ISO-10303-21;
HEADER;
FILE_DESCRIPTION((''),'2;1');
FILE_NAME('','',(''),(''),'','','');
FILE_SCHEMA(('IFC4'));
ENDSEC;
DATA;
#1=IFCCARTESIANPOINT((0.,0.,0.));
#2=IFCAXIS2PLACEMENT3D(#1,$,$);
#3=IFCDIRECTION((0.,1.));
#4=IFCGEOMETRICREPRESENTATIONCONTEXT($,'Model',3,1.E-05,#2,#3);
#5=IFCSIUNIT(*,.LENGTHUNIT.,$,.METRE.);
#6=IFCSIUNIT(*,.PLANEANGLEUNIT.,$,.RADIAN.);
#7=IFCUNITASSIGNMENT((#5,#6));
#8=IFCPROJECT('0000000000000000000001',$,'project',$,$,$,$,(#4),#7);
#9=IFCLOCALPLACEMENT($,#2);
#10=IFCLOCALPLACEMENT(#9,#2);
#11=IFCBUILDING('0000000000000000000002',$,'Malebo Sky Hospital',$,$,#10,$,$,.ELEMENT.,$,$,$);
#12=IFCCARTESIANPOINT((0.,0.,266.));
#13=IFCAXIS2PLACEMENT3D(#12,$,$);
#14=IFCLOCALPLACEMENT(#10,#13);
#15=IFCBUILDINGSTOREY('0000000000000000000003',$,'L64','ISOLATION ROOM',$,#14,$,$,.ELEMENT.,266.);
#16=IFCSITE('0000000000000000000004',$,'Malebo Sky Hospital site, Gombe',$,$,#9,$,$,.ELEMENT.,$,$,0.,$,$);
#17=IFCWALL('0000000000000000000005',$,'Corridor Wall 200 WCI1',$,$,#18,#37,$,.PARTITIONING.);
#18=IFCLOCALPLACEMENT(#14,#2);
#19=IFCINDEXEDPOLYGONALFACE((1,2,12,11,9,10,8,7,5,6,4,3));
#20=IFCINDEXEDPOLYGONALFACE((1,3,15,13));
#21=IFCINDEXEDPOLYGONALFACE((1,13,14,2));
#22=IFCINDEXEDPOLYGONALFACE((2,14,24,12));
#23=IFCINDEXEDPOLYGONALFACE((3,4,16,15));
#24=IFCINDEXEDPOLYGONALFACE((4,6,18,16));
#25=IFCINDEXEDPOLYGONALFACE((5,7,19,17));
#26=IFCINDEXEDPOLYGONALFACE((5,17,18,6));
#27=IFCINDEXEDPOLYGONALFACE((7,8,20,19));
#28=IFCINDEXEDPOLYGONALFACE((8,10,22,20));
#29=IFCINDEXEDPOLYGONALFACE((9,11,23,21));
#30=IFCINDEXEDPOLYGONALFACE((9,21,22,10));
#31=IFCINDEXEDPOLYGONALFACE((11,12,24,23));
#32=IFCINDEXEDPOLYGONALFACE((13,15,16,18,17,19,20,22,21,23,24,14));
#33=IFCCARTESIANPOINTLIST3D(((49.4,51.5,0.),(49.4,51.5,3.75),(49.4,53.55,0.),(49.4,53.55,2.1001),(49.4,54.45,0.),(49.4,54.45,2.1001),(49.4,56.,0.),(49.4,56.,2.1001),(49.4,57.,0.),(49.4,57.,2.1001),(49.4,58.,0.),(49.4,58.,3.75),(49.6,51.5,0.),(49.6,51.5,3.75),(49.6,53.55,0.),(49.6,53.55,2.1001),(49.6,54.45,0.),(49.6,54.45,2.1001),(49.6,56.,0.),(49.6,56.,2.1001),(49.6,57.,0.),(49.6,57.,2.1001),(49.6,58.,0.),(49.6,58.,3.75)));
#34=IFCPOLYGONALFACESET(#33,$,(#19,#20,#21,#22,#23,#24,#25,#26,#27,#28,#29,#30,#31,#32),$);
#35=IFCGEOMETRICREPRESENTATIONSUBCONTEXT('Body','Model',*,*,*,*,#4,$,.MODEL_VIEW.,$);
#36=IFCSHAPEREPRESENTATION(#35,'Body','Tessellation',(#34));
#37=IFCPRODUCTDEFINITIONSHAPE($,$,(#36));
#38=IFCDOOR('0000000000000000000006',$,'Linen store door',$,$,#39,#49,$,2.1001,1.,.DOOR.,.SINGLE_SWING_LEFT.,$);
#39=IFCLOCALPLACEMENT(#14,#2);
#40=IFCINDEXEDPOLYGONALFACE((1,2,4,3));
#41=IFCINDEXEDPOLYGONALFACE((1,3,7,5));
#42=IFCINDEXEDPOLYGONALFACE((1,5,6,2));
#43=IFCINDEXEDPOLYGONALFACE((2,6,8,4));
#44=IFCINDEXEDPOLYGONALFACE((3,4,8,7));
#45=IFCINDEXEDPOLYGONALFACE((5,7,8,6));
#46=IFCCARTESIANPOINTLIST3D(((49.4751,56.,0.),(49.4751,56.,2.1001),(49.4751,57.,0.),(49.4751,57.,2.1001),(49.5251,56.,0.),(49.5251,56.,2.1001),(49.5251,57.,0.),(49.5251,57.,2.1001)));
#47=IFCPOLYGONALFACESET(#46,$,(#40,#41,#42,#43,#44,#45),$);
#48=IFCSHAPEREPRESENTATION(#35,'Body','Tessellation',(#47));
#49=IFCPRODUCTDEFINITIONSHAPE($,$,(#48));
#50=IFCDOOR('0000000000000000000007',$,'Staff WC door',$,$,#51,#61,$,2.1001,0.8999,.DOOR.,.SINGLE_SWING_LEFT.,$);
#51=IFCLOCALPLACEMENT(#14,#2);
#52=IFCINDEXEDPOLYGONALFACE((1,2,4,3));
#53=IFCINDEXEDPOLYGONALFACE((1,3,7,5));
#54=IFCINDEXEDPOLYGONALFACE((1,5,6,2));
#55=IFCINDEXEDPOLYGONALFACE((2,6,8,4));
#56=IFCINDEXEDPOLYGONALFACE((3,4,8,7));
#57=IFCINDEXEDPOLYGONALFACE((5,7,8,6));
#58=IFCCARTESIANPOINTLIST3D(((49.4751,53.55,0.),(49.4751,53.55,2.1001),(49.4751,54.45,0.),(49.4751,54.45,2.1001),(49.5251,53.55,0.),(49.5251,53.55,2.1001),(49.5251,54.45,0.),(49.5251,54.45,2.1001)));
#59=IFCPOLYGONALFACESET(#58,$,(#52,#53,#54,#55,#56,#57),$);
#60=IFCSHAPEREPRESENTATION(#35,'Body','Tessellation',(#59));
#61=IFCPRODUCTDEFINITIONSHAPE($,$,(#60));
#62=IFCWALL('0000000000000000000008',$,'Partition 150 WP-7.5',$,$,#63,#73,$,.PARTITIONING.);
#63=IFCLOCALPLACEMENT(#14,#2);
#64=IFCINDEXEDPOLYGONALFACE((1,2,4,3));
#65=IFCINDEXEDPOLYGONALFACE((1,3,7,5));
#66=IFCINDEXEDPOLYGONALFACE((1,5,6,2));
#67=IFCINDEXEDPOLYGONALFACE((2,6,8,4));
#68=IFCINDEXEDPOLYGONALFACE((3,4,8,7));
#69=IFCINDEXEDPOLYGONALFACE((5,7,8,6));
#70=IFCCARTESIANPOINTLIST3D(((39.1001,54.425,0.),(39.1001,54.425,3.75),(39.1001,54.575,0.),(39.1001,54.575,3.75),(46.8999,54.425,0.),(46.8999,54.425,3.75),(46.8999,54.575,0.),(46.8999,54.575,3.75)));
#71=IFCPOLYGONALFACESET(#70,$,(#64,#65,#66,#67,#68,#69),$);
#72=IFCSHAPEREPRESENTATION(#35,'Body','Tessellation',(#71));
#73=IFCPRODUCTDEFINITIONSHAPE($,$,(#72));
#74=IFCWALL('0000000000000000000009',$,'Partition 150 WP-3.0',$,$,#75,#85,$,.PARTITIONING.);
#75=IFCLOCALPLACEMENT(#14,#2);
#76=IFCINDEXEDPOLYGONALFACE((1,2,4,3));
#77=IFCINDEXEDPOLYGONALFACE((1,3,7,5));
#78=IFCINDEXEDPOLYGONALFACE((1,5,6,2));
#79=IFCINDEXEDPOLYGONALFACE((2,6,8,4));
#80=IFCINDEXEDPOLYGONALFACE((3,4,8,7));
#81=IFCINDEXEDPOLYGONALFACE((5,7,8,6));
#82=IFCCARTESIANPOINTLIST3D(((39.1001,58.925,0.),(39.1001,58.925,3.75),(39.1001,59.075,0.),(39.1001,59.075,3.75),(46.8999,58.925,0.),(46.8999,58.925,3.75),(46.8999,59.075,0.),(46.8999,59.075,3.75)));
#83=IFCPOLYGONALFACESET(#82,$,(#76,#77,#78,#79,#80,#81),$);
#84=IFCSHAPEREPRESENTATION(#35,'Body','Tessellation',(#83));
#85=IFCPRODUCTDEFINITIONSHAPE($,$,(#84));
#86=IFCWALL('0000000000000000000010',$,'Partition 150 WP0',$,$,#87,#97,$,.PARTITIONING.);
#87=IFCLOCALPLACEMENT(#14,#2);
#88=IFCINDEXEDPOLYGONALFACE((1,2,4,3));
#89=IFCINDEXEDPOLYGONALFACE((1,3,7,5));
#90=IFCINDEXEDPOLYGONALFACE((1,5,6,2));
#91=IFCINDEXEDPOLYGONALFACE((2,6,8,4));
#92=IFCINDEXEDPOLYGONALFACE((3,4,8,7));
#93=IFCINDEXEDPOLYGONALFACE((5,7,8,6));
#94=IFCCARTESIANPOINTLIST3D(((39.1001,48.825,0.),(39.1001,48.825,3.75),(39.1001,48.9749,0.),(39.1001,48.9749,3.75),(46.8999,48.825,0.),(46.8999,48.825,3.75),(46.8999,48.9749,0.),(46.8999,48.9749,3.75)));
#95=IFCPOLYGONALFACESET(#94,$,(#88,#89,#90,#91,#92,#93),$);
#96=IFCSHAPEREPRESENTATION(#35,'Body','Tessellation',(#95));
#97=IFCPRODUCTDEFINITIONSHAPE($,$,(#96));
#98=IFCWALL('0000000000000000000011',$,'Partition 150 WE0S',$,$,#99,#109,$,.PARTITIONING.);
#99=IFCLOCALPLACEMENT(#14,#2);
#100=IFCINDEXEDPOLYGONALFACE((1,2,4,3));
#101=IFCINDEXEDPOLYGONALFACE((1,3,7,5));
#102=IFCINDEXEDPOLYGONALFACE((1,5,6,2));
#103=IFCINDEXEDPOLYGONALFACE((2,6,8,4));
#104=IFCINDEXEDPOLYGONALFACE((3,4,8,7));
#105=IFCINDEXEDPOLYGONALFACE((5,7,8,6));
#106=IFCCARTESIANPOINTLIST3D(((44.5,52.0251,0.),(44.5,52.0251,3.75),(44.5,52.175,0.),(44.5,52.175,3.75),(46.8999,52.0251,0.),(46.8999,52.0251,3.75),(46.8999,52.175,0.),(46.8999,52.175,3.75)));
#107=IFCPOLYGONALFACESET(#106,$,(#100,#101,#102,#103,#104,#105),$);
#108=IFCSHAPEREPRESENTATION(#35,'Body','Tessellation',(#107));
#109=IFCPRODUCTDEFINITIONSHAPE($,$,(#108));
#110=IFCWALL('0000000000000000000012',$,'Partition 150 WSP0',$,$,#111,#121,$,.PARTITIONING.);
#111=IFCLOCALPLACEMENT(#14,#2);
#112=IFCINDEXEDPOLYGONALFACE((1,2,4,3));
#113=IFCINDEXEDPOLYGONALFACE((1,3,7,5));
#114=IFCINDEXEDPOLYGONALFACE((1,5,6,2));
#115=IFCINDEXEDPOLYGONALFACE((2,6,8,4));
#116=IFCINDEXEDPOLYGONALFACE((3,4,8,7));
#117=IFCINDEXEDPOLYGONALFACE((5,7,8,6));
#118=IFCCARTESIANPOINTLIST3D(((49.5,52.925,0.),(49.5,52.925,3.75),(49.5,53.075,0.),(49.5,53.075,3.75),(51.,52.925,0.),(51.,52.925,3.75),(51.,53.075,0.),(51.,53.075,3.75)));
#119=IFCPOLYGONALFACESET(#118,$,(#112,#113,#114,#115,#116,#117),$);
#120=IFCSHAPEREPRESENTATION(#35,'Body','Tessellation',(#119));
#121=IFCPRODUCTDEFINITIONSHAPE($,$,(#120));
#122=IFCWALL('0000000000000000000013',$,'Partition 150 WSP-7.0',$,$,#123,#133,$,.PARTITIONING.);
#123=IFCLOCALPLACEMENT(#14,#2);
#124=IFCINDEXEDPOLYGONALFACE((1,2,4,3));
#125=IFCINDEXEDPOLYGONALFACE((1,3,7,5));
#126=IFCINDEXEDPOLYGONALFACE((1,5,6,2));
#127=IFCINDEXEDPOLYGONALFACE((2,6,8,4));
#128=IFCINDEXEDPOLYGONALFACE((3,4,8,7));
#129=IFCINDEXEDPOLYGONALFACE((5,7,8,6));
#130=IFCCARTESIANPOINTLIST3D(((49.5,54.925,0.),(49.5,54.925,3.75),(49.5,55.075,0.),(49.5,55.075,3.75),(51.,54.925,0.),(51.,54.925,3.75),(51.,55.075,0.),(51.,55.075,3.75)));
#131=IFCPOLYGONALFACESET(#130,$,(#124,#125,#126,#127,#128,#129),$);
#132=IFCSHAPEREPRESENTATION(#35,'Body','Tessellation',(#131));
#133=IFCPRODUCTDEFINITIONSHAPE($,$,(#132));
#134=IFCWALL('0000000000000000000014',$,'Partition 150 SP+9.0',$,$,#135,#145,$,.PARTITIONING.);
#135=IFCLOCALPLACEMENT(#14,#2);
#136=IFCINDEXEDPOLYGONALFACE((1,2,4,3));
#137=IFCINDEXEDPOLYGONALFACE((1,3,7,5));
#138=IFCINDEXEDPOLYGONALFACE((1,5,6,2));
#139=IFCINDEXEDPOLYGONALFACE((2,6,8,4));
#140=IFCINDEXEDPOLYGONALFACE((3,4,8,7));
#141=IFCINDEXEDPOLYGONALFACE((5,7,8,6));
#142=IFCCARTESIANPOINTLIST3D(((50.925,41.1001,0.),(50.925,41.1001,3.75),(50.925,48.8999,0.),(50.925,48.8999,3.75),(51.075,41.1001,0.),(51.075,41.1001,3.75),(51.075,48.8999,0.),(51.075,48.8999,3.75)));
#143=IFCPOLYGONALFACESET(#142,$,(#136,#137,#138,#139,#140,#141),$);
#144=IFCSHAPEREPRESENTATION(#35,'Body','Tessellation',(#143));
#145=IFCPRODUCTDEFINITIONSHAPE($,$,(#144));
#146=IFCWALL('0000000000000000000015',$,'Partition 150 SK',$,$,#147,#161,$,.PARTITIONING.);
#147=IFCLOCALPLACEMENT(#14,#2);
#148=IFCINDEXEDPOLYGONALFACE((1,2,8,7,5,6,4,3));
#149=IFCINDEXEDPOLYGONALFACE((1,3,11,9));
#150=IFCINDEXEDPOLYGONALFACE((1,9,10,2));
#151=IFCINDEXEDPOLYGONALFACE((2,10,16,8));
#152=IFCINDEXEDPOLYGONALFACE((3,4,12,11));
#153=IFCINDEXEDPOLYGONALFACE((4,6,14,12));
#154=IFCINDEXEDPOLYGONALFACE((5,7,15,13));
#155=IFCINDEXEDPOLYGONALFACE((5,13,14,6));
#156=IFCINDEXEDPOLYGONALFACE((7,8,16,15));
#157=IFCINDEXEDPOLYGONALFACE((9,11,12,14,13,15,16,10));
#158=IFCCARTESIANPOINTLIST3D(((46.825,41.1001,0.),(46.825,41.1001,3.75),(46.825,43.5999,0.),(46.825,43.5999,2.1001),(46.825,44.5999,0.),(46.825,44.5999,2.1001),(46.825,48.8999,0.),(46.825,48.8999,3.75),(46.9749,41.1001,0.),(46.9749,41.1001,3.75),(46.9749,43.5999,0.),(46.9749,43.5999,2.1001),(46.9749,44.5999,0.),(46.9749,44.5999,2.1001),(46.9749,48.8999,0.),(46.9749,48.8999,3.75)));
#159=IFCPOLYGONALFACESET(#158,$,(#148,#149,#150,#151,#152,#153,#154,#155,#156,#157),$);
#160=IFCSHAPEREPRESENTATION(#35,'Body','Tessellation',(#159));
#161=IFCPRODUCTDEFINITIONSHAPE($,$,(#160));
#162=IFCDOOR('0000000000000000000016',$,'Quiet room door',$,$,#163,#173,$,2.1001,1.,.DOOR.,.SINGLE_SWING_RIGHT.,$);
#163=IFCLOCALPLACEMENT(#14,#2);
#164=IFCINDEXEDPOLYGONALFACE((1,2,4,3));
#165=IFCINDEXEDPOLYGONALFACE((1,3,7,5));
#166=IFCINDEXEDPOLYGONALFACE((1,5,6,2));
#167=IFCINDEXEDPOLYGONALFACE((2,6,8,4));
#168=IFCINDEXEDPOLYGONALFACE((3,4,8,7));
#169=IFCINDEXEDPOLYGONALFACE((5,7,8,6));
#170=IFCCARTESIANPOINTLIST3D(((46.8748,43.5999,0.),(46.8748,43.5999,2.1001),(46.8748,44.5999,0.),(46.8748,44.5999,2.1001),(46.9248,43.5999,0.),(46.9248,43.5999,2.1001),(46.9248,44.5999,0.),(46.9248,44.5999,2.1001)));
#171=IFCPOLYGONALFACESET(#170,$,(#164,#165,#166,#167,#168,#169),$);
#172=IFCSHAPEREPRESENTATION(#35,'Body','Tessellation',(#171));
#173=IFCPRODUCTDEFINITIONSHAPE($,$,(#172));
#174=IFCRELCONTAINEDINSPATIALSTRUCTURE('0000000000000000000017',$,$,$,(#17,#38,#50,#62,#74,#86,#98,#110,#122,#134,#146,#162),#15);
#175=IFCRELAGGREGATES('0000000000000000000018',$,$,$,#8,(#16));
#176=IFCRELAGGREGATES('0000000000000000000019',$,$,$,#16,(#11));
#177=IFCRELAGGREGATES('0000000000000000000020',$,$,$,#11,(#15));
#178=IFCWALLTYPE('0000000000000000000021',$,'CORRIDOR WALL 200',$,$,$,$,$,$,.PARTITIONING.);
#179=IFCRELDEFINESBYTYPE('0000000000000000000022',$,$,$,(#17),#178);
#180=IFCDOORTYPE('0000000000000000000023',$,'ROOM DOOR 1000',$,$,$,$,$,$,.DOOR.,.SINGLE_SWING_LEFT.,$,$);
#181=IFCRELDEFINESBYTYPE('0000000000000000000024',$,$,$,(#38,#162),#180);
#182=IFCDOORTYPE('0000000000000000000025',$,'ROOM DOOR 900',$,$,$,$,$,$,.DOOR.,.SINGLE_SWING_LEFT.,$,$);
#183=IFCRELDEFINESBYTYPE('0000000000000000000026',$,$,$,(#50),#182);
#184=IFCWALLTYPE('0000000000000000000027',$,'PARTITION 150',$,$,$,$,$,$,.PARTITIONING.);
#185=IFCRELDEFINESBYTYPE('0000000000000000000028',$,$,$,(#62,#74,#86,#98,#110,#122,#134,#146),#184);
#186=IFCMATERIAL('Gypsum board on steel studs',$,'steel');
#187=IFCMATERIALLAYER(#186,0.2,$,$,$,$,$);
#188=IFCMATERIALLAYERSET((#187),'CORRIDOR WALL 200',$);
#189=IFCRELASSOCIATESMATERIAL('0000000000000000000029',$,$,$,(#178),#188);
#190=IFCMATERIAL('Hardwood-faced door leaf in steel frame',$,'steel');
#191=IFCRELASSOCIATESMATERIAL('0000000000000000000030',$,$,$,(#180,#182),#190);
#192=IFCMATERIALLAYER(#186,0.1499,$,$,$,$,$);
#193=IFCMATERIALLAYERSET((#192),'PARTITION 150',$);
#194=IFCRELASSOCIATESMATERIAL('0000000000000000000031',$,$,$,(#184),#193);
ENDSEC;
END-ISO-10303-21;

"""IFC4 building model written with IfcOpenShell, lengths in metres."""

from ifc_helpers import new_model, si_unit, direction, frame, frame_2d, origin, place, context, subcontext, project, spatial, rectangle, extrude, material, layer, layer_set, type_object, element, fill, save


model = new_model("IFC4")

# Units and contexts
model_context = context("Model", 3, precision=1e-05, world=origin(), true_north=direction((0.0, 1.0)))
body_context = subcontext(model_context, "Body", "Model", "MODEL_VIEW")
ifc_project = project(units=[si_unit("LENGTHUNIT", "METRE"), si_unit("PLANEANGLEUNIT", "RADIAN")], contexts=[model_context])

# Site, building, storey
site_placement = place(None, origin())
site = spatial("IfcSite", under=ifc_project, at=site_placement, Name="Malebo Sky Hospital site, Gombe", CompositionType="ELEMENT", RefElevation=0.0)
building_placement = place(site_placement, origin())
building = spatial("IfcBuilding", under=site, at=building_placement, Name="Malebo Sky Hospital", CompositionType="ELEMENT")
storey_placement = place(building_placement, frame((0.0, 0.0, 266.0)))
storey = spatial("IfcBuildingStorey", under=building, at=storey_placement, Name="L64", Description="ISOLATION ROOM", CompositionType="ELEMENT", Elevation=266.0)

# Shared definitions
ifc_material_1 = material(Name="Hardwood-faced door leaf in steel frame", Category="steel")

# Wall, openings, doors
ifc_material_2 = material(Name="Gypsum board on steel studs", Category="steel")
ifc_layer_1 = layer(ifc_material_2, 0.2)
ifc_layer_set_1 = layer_set([ifc_layer_1], Name="CORRIDOR WALL 200")
wall_type_1 = type_object("IfcWallType", Name="CORRIDOR WALL 200", PredefinedType="PARTITIONING", material=ifc_layer_set_1)
door_type_1 = type_object("IfcDoorType", Name="ROOM DOOR 1000", OperationType="SINGLE_SWING_LEFT", PredefinedType="DOOR", material=ifc_material_1)
wall_1_placement = place(storey_placement, frame((49.5, 51.5, 0.0), z_axis=(0.0, 0.0, 1.0), x_axis=(0.0, 1.0, 0.0)))
wall_1 = element("IfcWall", 1, at=wall_1_placement, inside=storey, type_object=wall_type_1, Name="Corridor Wall 200 WCI1", PredefinedType="PARTITIONING", context=body_context, shape_type="SweptSolid", body=[
    extrude(rectangle(XDim=6.5, YDim=0.2, at=frame_2d((3.25, 0.0))), origin(), (0.0, 0.0, 1.0), 3.75),
])
opening_1_placement = place(wall_1_placement, frame((2.05, 0.0, 0.0)))
opening_1 = element("IfcOpeningElement", 2, at=opening_1_placement, cuts=wall_1, PredefinedType="OPENING", context=body_context, shape_type="SweptSolid", body=[
    extrude(rectangle(XDim=0.8999, YDim=2.1001, at=frame_2d((0.45, 1.05))), frame((0.0, 0.1099, 0.0), z_axis=(0.0, -1.0, 0.0), x_axis=(1.0, 0.0, 0.0)), (0.0, 0.0, 1.0), 0.22),
])
opening_2_placement = place(wall_1_placement, frame((4.5, 0.0, 0.0)))
opening_2 = element("IfcOpeningElement", 3, at=opening_2_placement, cuts=wall_1, PredefinedType="OPENING", context=body_context, shape_type="SweptSolid", body=[
    extrude(rectangle(XDim=1.0, YDim=2.1001, at=frame_2d((0.5, 1.05))), frame((0.0, 0.1099, 0.0), z_axis=(0.0, -1.0, 0.0), x_axis=(1.0, 0.0, 0.0)), (0.0, 0.0, 1.0), 0.22),
])
door_1_placement = place(opening_2_placement, origin())
door_1 = element("IfcDoor", 4, at=door_1_placement, inside=storey, type_object=door_type_1, Name="Linen store door", OperationType="SINGLE_SWING_LEFT", OverallHeight=2.1001, OverallWidth=1.0, PredefinedType="DOOR", context=body_context, shape_type="SweptSolid", body=[
    extrude(rectangle(XDim=1.0, YDim=2.1001, at=frame_2d((0.5, 1.05))), frame((0.0, 0.0249, 0.0), z_axis=(0.0, -1.0, 0.0), x_axis=(1.0, 0.0, 0.0)), (0.0, 0.0, 1.0), 0.05),
])
fill(opening_2, door_1)
door_type_2 = type_object("IfcDoorType", Name="ROOM DOOR 900", OperationType="SINGLE_SWING_LEFT", PredefinedType="DOOR", material=ifc_material_1)
door_2_placement = place(opening_1_placement, origin())
door_2 = element("IfcDoor", 5, at=door_2_placement, inside=storey, type_object=door_type_2, Name="Staff WC door", OperationType="SINGLE_SWING_LEFT", OverallHeight=2.1001, OverallWidth=0.8999, PredefinedType="DOOR", context=body_context, shape_type="SweptSolid", body=[
    extrude(rectangle(XDim=0.8999, YDim=2.1001, at=frame_2d((0.45, 1.05))), frame((0.0, 0.0249, 0.0), z_axis=(0.0, -1.0, 0.0), x_axis=(1.0, 0.0, 0.0)), (0.0, 0.0, 1.0), 0.05),
])
fill(opening_1, door_2)

# Walls
ifc_layer_2 = layer(ifc_material_2, 0.1499)
ifc_layer_set_2 = layer_set([ifc_layer_2], Name="PARTITION 150")
wall_type_2 = type_object("IfcWallType", Name="PARTITION 150", PredefinedType="PARTITIONING", material=ifc_layer_set_2)
for number, where, z_axis, x_axis, name in (
    (6, (46.8999, 54.5, 0.0), (0.0, 0.0, 1.0), (-1.0, 0.0, 0.0), "Partition 150 WP-7.5"),
    (7, (46.8999, 59.0, 0.0), (0.0, 0.0, 1.0), (-1.0, 0.0, 0.0), "Partition 150 WP-3.0"),
    (8, (46.8999, 48.8999, 0.0), (0.0, 0.0, 1.0), (-1.0, 0.0, 0.0), "Partition 150 WP0"),
):
    element("IfcWall", number, at=place(storey_placement, frame(where, z_axis=z_axis, x_axis=x_axis)), inside=storey, type_object=wall_type_2, Name=name, PredefinedType="PARTITIONING", context=body_context, shape_type="SweptSolid", body=[
        extrude(rectangle(XDim=7.7998, YDim=0.1499, at=frame_2d((3.8999, 0.0))), origin(), (0.0, 0.0, 1.0), 3.75),
    ])
wall_2_placement = place(storey_placement, frame((46.8999, 52.1001, 0.0), z_axis=(0.0, 0.0, 1.0), x_axis=(-1.0, 0.0, 0.0)))
element("IfcWall", 9, at=wall_2_placement, inside=storey, type_object=wall_type_2, Name="Partition 150 WE0S", PredefinedType="PARTITIONING", context=body_context, shape_type="SweptSolid", body=[
    extrude(rectangle(XDim=2.3999, YDim=0.1499, at=frame_2d((1.2, 0.0))), origin(), (0.0, 0.0, 1.0), 3.75),
])
for number, where, z_axis, x_axis, name in (
    (10, (51.0, 53.0, 0.0), (0.0, 0.0, 1.0), (-1.0, 0.0, 0.0), "Partition 150 WSP0"),
    (11, (51.0, 55.0, 0.0), (0.0, 0.0, 1.0), (-1.0, 0.0, 0.0), "Partition 150 WSP-7.0"),
):
    element("IfcWall", number, at=place(storey_placement, frame(where, z_axis=z_axis, x_axis=x_axis)), inside=storey, type_object=wall_type_2, Name=name, PredefinedType="PARTITIONING", context=body_context, shape_type="SweptSolid", body=[
        extrude(rectangle(XDim=1.5, YDim=0.1499, at=frame_2d((0.75, 0.0))), origin(), (0.0, 0.0, 1.0), 3.75),
    ])
wall_3_placement = place(storey_placement, frame((51.0, 48.8999, 0.0), z_axis=(0.0, 0.0, 1.0), x_axis=(0.0, -1.0, 0.0)))
element("IfcWall", 12, at=wall_3_placement, inside=storey, type_object=wall_type_2, Name="Partition 150 SP+9.0", PredefinedType="PARTITIONING", context=body_context, shape_type="SweptSolid", body=[
    extrude(rectangle(XDim=7.7998, YDim=0.1499, at=frame_2d((3.8999, 0.0))), origin(), (0.0, 0.0, 1.0), 3.75),
])

# Wall, opening, door
wall_4_placement = place(storey_placement, frame((46.8999, 48.8999, 0.0), z_axis=(0.0, 0.0, 1.0), x_axis=(0.0, -1.0, 0.0)))
wall_4 = element("IfcWall", 13, at=wall_4_placement, inside=storey, type_object=wall_type_2, Name="Partition 150 SK", PredefinedType="PARTITIONING", context=body_context, shape_type="SweptSolid", body=[
    extrude(rectangle(XDim=7.7998, YDim=0.1499, at=frame_2d((3.8999, 0.0))), origin(), (0.0, 0.0, 1.0), 3.75),
])
opening_3_placement = place(wall_4_placement, frame((4.3, 0.0, 0.0)))
opening_3 = element("IfcOpeningElement", 14, at=opening_3_placement, cuts=wall_4, PredefinedType="OPENING", context=body_context, shape_type="SweptSolid", body=[
    extrude(rectangle(XDim=1.0, YDim=2.1001, at=frame_2d((0.5, 1.05))), frame((0.0, 0.085, 0.0), z_axis=(0.0, -1.0, 0.0), x_axis=(1.0, 0.0, 0.0)), (0.0, 0.0, 1.0), 0.1699),
])
door_3_placement = place(opening_3_placement, origin())
door_3 = element("IfcDoor", 15, at=door_3_placement, inside=storey, type_object=door_type_1, Name="Quiet room door", OperationType="SINGLE_SWING_RIGHT", OverallHeight=2.1001, OverallWidth=1.0, PredefinedType="DOOR", context=body_context, shape_type="SweptSolid", body=[
    extrude(rectangle(XDim=1.0, YDim=2.1001, at=frame_2d((0.5, 1.05))), frame((0.0, 0.0249, 0.0), z_axis=(0.0, -1.0, 0.0), x_axis=(1.0, 0.0, 0.0)), (0.0, 0.0, 1.0), 0.05),
])
fill(opening_3, door_3)

save(model, "model.ifc")
